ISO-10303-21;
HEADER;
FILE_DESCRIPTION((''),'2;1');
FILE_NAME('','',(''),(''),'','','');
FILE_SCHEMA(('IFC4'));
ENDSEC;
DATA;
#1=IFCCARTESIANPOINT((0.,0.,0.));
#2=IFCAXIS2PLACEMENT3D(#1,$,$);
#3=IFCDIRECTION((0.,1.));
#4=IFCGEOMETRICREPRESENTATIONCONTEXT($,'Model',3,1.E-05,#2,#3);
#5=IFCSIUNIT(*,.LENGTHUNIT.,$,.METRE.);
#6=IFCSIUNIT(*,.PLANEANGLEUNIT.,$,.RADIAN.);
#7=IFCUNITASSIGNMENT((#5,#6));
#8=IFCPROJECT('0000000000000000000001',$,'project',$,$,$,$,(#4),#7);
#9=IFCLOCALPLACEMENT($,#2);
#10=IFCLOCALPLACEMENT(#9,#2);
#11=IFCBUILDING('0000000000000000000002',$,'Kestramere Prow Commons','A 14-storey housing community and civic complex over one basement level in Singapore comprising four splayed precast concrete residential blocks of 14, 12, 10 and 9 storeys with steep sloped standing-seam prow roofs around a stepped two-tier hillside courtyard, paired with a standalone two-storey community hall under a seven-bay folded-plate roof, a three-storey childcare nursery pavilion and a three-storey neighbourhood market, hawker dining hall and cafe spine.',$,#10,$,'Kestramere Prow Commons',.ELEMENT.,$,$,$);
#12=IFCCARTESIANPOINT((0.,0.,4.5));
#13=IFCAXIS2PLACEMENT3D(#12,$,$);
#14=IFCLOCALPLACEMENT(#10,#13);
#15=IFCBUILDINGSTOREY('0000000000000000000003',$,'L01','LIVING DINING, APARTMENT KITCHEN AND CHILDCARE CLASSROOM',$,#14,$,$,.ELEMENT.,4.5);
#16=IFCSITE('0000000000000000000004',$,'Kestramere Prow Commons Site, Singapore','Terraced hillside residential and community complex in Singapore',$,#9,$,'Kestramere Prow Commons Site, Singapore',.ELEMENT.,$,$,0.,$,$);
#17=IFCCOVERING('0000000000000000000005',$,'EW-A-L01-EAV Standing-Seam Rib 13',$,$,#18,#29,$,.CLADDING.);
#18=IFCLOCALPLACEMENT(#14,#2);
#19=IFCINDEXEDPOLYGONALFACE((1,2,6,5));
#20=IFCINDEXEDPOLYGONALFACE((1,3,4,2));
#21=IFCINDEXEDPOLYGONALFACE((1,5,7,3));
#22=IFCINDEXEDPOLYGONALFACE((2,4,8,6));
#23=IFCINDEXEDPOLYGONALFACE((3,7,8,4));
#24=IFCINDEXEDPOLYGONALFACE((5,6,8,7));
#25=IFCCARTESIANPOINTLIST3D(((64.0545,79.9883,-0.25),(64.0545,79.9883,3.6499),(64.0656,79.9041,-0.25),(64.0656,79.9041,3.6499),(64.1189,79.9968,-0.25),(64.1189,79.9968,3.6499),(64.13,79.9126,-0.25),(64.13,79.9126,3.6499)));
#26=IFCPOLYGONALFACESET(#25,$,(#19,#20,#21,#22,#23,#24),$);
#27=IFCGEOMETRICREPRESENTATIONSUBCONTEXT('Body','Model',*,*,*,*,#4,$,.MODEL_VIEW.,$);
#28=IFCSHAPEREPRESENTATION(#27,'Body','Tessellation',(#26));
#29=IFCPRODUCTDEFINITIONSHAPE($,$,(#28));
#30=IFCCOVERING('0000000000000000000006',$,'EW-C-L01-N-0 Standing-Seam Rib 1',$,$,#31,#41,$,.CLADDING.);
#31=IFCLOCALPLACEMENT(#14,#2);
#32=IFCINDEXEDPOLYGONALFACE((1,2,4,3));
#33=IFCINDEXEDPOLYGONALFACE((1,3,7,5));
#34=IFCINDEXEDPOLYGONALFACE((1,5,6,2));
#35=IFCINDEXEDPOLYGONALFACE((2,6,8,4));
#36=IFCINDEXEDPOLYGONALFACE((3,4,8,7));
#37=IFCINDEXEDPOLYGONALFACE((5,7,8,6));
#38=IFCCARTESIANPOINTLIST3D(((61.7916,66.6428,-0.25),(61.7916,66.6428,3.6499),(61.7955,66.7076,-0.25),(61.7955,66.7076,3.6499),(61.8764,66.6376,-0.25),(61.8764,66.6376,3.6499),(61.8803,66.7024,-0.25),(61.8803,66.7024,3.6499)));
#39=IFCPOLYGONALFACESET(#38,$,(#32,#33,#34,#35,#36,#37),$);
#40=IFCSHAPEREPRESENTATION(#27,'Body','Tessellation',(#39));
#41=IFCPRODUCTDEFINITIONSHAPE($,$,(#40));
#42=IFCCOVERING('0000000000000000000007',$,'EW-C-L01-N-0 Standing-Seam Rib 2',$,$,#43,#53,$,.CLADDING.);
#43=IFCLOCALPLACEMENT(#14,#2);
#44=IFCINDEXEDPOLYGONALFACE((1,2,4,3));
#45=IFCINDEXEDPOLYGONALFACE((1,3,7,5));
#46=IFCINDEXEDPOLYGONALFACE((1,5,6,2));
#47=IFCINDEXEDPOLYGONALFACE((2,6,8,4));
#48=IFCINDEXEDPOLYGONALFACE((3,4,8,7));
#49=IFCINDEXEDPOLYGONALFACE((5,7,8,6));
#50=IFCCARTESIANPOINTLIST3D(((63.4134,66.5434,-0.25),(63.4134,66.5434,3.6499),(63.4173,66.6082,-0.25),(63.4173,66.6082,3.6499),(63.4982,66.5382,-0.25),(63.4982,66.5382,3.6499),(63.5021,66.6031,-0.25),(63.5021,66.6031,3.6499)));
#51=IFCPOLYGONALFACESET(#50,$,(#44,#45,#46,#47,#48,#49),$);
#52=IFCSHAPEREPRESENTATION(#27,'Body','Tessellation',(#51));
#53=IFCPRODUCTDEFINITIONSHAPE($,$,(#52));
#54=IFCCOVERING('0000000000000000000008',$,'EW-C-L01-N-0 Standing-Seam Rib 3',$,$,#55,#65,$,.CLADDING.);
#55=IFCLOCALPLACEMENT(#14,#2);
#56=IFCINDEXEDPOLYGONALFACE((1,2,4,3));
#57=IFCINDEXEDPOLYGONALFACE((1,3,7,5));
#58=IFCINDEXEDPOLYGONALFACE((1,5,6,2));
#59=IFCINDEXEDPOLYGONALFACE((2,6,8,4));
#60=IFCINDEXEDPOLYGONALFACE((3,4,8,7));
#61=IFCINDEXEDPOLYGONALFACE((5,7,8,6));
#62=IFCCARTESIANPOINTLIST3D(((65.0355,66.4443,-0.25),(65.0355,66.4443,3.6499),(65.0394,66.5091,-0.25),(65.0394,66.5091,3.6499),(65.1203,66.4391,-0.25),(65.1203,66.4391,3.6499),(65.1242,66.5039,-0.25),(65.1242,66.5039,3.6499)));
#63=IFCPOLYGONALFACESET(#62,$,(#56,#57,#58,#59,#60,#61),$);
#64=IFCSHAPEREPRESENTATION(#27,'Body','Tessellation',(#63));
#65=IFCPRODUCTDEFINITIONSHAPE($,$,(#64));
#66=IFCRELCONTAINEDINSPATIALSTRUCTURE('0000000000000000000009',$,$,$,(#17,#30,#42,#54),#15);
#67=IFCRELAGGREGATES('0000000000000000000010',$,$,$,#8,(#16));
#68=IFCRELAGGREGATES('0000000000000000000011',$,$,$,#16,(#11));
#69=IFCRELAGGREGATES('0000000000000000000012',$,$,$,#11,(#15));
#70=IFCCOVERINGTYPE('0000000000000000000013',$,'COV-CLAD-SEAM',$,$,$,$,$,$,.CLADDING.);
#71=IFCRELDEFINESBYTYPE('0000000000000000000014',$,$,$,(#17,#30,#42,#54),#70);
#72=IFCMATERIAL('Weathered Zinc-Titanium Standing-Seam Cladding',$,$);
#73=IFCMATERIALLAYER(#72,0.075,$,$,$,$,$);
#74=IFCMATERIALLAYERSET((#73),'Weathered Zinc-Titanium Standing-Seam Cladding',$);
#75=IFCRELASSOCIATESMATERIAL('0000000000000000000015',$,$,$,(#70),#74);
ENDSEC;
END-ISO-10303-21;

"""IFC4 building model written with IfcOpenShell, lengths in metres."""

from ifc_helpers import new_model, si_unit, direction, frame, origin, origin_2d, place, context, subcontext, project, spatial, rectangle, extrude, material, layer, layer_set, type_object, element, save


model = new_model("IFC4")

# Units and contexts
model_context = context("Model", 3, precision=1e-05, world=origin(), true_north=direction((0.0, 1.0)))
body_context = subcontext(model_context, "Body", "Model", "MODEL_VIEW")
ifc_project = project(units=[si_unit("LENGTHUNIT", "METRE"), si_unit("PLANEANGLEUNIT", "RADIAN")], contexts=[model_context])

# Site, building, storey
site_placement = place(None, origin())
site = spatial("IfcSite", under=ifc_project, at=site_placement, Name="Kestramere Prow Commons Site, Singapore", Description="Terraced hillside residential and community complex in Singapore", LongName="Kestramere Prow Commons Site, Singapore", CompositionType="ELEMENT", RefElevation=0.0)
building_placement = place(site_placement, origin())
building = spatial("IfcBuilding", under=site, at=building_placement, Name="Kestramere Prow Commons", Description="A 14-storey housing community and civic complex over one basement level in Singapore comprising four splayed precast concrete residential blocks of 14, 12, 10 and 9 storeys with steep sloped standing-seam prow roofs around a stepped two-tier hillside courtyard, paired with a standalone two-storey community hall under a seven-bay folded-plate roof, a three-storey childcare nursery pavilion and a three-storey neighbourhood market, hawker dining hall and cafe spine.", LongName="Kestramere Prow Commons", CompositionType="ELEMENT")
storey_placement = place(building_placement, frame((0.0, 0.0, 4.5)))
storey = spatial("IfcBuildingStorey", under=building, at=storey_placement, Name="L01", Description="LIVING DINING, APARTMENT KITCHEN AND CHILDCARE CLASSROOM", CompositionType="ELEMENT", Elevation=4.5)

# Coverings
ifc_material_1 = material(Name="Weathered Zinc-Titanium Standing-Seam Cladding")
ifc_layer_1 = layer(ifc_material_1, 0.075)
ifc_layer_set_1 = layer_set([ifc_layer_1], Name="Weathered Zinc-Titanium Standing-Seam Cladding")
covering_type = type_object("IfcCoveringType", Name="COV-CLAD-SEAM", PredefinedType="CLADDING", material=ifc_layer_set_1)
for number, where, z_axis, x_axis, name in (
    (1, (64.0923, 79.9504, -0.25), (0.0, 0.0, 1.0), (0.130526, -0.991445, 0.0), "EW-A-L01-EAV Standing-Seam Rib 13"),
    (2, (61.8359, 66.6726, -0.25), (0.0, 0.0, 1.0), (0.998135, -0.061049, 0.0), "EW-C-L01-N-0 Standing-Seam Rib 1"),
    (3, (63.4578, 66.5732, -0.25), (0.0, 0.0, 1.0), (0.998135, -0.061049, 0.0), "EW-C-L01-N-0 Standing-Seam Rib 2"),
    (4, (65.0798, 66.4741, -0.25), (0.0, 0.0, 1.0), (0.998135, -0.061049, 0.0), "EW-C-L01-N-0 Standing-Seam Rib 3"),
):
    element("IfcCovering", number, at=place(storey_placement, frame(where, z_axis=z_axis, x_axis=x_axis)), inside=storey, type_object=covering_type, Name=name, PredefinedType="CLADDING", context=body_context, shape_type="SweptSolid", body=[
        extrude(rectangle(XDim=0.085, YDim=0.0649, at=origin_2d()), origin(), (0.0, 0.0, 1.0), 3.8999),
    ])

save(model, "model.ifc")
